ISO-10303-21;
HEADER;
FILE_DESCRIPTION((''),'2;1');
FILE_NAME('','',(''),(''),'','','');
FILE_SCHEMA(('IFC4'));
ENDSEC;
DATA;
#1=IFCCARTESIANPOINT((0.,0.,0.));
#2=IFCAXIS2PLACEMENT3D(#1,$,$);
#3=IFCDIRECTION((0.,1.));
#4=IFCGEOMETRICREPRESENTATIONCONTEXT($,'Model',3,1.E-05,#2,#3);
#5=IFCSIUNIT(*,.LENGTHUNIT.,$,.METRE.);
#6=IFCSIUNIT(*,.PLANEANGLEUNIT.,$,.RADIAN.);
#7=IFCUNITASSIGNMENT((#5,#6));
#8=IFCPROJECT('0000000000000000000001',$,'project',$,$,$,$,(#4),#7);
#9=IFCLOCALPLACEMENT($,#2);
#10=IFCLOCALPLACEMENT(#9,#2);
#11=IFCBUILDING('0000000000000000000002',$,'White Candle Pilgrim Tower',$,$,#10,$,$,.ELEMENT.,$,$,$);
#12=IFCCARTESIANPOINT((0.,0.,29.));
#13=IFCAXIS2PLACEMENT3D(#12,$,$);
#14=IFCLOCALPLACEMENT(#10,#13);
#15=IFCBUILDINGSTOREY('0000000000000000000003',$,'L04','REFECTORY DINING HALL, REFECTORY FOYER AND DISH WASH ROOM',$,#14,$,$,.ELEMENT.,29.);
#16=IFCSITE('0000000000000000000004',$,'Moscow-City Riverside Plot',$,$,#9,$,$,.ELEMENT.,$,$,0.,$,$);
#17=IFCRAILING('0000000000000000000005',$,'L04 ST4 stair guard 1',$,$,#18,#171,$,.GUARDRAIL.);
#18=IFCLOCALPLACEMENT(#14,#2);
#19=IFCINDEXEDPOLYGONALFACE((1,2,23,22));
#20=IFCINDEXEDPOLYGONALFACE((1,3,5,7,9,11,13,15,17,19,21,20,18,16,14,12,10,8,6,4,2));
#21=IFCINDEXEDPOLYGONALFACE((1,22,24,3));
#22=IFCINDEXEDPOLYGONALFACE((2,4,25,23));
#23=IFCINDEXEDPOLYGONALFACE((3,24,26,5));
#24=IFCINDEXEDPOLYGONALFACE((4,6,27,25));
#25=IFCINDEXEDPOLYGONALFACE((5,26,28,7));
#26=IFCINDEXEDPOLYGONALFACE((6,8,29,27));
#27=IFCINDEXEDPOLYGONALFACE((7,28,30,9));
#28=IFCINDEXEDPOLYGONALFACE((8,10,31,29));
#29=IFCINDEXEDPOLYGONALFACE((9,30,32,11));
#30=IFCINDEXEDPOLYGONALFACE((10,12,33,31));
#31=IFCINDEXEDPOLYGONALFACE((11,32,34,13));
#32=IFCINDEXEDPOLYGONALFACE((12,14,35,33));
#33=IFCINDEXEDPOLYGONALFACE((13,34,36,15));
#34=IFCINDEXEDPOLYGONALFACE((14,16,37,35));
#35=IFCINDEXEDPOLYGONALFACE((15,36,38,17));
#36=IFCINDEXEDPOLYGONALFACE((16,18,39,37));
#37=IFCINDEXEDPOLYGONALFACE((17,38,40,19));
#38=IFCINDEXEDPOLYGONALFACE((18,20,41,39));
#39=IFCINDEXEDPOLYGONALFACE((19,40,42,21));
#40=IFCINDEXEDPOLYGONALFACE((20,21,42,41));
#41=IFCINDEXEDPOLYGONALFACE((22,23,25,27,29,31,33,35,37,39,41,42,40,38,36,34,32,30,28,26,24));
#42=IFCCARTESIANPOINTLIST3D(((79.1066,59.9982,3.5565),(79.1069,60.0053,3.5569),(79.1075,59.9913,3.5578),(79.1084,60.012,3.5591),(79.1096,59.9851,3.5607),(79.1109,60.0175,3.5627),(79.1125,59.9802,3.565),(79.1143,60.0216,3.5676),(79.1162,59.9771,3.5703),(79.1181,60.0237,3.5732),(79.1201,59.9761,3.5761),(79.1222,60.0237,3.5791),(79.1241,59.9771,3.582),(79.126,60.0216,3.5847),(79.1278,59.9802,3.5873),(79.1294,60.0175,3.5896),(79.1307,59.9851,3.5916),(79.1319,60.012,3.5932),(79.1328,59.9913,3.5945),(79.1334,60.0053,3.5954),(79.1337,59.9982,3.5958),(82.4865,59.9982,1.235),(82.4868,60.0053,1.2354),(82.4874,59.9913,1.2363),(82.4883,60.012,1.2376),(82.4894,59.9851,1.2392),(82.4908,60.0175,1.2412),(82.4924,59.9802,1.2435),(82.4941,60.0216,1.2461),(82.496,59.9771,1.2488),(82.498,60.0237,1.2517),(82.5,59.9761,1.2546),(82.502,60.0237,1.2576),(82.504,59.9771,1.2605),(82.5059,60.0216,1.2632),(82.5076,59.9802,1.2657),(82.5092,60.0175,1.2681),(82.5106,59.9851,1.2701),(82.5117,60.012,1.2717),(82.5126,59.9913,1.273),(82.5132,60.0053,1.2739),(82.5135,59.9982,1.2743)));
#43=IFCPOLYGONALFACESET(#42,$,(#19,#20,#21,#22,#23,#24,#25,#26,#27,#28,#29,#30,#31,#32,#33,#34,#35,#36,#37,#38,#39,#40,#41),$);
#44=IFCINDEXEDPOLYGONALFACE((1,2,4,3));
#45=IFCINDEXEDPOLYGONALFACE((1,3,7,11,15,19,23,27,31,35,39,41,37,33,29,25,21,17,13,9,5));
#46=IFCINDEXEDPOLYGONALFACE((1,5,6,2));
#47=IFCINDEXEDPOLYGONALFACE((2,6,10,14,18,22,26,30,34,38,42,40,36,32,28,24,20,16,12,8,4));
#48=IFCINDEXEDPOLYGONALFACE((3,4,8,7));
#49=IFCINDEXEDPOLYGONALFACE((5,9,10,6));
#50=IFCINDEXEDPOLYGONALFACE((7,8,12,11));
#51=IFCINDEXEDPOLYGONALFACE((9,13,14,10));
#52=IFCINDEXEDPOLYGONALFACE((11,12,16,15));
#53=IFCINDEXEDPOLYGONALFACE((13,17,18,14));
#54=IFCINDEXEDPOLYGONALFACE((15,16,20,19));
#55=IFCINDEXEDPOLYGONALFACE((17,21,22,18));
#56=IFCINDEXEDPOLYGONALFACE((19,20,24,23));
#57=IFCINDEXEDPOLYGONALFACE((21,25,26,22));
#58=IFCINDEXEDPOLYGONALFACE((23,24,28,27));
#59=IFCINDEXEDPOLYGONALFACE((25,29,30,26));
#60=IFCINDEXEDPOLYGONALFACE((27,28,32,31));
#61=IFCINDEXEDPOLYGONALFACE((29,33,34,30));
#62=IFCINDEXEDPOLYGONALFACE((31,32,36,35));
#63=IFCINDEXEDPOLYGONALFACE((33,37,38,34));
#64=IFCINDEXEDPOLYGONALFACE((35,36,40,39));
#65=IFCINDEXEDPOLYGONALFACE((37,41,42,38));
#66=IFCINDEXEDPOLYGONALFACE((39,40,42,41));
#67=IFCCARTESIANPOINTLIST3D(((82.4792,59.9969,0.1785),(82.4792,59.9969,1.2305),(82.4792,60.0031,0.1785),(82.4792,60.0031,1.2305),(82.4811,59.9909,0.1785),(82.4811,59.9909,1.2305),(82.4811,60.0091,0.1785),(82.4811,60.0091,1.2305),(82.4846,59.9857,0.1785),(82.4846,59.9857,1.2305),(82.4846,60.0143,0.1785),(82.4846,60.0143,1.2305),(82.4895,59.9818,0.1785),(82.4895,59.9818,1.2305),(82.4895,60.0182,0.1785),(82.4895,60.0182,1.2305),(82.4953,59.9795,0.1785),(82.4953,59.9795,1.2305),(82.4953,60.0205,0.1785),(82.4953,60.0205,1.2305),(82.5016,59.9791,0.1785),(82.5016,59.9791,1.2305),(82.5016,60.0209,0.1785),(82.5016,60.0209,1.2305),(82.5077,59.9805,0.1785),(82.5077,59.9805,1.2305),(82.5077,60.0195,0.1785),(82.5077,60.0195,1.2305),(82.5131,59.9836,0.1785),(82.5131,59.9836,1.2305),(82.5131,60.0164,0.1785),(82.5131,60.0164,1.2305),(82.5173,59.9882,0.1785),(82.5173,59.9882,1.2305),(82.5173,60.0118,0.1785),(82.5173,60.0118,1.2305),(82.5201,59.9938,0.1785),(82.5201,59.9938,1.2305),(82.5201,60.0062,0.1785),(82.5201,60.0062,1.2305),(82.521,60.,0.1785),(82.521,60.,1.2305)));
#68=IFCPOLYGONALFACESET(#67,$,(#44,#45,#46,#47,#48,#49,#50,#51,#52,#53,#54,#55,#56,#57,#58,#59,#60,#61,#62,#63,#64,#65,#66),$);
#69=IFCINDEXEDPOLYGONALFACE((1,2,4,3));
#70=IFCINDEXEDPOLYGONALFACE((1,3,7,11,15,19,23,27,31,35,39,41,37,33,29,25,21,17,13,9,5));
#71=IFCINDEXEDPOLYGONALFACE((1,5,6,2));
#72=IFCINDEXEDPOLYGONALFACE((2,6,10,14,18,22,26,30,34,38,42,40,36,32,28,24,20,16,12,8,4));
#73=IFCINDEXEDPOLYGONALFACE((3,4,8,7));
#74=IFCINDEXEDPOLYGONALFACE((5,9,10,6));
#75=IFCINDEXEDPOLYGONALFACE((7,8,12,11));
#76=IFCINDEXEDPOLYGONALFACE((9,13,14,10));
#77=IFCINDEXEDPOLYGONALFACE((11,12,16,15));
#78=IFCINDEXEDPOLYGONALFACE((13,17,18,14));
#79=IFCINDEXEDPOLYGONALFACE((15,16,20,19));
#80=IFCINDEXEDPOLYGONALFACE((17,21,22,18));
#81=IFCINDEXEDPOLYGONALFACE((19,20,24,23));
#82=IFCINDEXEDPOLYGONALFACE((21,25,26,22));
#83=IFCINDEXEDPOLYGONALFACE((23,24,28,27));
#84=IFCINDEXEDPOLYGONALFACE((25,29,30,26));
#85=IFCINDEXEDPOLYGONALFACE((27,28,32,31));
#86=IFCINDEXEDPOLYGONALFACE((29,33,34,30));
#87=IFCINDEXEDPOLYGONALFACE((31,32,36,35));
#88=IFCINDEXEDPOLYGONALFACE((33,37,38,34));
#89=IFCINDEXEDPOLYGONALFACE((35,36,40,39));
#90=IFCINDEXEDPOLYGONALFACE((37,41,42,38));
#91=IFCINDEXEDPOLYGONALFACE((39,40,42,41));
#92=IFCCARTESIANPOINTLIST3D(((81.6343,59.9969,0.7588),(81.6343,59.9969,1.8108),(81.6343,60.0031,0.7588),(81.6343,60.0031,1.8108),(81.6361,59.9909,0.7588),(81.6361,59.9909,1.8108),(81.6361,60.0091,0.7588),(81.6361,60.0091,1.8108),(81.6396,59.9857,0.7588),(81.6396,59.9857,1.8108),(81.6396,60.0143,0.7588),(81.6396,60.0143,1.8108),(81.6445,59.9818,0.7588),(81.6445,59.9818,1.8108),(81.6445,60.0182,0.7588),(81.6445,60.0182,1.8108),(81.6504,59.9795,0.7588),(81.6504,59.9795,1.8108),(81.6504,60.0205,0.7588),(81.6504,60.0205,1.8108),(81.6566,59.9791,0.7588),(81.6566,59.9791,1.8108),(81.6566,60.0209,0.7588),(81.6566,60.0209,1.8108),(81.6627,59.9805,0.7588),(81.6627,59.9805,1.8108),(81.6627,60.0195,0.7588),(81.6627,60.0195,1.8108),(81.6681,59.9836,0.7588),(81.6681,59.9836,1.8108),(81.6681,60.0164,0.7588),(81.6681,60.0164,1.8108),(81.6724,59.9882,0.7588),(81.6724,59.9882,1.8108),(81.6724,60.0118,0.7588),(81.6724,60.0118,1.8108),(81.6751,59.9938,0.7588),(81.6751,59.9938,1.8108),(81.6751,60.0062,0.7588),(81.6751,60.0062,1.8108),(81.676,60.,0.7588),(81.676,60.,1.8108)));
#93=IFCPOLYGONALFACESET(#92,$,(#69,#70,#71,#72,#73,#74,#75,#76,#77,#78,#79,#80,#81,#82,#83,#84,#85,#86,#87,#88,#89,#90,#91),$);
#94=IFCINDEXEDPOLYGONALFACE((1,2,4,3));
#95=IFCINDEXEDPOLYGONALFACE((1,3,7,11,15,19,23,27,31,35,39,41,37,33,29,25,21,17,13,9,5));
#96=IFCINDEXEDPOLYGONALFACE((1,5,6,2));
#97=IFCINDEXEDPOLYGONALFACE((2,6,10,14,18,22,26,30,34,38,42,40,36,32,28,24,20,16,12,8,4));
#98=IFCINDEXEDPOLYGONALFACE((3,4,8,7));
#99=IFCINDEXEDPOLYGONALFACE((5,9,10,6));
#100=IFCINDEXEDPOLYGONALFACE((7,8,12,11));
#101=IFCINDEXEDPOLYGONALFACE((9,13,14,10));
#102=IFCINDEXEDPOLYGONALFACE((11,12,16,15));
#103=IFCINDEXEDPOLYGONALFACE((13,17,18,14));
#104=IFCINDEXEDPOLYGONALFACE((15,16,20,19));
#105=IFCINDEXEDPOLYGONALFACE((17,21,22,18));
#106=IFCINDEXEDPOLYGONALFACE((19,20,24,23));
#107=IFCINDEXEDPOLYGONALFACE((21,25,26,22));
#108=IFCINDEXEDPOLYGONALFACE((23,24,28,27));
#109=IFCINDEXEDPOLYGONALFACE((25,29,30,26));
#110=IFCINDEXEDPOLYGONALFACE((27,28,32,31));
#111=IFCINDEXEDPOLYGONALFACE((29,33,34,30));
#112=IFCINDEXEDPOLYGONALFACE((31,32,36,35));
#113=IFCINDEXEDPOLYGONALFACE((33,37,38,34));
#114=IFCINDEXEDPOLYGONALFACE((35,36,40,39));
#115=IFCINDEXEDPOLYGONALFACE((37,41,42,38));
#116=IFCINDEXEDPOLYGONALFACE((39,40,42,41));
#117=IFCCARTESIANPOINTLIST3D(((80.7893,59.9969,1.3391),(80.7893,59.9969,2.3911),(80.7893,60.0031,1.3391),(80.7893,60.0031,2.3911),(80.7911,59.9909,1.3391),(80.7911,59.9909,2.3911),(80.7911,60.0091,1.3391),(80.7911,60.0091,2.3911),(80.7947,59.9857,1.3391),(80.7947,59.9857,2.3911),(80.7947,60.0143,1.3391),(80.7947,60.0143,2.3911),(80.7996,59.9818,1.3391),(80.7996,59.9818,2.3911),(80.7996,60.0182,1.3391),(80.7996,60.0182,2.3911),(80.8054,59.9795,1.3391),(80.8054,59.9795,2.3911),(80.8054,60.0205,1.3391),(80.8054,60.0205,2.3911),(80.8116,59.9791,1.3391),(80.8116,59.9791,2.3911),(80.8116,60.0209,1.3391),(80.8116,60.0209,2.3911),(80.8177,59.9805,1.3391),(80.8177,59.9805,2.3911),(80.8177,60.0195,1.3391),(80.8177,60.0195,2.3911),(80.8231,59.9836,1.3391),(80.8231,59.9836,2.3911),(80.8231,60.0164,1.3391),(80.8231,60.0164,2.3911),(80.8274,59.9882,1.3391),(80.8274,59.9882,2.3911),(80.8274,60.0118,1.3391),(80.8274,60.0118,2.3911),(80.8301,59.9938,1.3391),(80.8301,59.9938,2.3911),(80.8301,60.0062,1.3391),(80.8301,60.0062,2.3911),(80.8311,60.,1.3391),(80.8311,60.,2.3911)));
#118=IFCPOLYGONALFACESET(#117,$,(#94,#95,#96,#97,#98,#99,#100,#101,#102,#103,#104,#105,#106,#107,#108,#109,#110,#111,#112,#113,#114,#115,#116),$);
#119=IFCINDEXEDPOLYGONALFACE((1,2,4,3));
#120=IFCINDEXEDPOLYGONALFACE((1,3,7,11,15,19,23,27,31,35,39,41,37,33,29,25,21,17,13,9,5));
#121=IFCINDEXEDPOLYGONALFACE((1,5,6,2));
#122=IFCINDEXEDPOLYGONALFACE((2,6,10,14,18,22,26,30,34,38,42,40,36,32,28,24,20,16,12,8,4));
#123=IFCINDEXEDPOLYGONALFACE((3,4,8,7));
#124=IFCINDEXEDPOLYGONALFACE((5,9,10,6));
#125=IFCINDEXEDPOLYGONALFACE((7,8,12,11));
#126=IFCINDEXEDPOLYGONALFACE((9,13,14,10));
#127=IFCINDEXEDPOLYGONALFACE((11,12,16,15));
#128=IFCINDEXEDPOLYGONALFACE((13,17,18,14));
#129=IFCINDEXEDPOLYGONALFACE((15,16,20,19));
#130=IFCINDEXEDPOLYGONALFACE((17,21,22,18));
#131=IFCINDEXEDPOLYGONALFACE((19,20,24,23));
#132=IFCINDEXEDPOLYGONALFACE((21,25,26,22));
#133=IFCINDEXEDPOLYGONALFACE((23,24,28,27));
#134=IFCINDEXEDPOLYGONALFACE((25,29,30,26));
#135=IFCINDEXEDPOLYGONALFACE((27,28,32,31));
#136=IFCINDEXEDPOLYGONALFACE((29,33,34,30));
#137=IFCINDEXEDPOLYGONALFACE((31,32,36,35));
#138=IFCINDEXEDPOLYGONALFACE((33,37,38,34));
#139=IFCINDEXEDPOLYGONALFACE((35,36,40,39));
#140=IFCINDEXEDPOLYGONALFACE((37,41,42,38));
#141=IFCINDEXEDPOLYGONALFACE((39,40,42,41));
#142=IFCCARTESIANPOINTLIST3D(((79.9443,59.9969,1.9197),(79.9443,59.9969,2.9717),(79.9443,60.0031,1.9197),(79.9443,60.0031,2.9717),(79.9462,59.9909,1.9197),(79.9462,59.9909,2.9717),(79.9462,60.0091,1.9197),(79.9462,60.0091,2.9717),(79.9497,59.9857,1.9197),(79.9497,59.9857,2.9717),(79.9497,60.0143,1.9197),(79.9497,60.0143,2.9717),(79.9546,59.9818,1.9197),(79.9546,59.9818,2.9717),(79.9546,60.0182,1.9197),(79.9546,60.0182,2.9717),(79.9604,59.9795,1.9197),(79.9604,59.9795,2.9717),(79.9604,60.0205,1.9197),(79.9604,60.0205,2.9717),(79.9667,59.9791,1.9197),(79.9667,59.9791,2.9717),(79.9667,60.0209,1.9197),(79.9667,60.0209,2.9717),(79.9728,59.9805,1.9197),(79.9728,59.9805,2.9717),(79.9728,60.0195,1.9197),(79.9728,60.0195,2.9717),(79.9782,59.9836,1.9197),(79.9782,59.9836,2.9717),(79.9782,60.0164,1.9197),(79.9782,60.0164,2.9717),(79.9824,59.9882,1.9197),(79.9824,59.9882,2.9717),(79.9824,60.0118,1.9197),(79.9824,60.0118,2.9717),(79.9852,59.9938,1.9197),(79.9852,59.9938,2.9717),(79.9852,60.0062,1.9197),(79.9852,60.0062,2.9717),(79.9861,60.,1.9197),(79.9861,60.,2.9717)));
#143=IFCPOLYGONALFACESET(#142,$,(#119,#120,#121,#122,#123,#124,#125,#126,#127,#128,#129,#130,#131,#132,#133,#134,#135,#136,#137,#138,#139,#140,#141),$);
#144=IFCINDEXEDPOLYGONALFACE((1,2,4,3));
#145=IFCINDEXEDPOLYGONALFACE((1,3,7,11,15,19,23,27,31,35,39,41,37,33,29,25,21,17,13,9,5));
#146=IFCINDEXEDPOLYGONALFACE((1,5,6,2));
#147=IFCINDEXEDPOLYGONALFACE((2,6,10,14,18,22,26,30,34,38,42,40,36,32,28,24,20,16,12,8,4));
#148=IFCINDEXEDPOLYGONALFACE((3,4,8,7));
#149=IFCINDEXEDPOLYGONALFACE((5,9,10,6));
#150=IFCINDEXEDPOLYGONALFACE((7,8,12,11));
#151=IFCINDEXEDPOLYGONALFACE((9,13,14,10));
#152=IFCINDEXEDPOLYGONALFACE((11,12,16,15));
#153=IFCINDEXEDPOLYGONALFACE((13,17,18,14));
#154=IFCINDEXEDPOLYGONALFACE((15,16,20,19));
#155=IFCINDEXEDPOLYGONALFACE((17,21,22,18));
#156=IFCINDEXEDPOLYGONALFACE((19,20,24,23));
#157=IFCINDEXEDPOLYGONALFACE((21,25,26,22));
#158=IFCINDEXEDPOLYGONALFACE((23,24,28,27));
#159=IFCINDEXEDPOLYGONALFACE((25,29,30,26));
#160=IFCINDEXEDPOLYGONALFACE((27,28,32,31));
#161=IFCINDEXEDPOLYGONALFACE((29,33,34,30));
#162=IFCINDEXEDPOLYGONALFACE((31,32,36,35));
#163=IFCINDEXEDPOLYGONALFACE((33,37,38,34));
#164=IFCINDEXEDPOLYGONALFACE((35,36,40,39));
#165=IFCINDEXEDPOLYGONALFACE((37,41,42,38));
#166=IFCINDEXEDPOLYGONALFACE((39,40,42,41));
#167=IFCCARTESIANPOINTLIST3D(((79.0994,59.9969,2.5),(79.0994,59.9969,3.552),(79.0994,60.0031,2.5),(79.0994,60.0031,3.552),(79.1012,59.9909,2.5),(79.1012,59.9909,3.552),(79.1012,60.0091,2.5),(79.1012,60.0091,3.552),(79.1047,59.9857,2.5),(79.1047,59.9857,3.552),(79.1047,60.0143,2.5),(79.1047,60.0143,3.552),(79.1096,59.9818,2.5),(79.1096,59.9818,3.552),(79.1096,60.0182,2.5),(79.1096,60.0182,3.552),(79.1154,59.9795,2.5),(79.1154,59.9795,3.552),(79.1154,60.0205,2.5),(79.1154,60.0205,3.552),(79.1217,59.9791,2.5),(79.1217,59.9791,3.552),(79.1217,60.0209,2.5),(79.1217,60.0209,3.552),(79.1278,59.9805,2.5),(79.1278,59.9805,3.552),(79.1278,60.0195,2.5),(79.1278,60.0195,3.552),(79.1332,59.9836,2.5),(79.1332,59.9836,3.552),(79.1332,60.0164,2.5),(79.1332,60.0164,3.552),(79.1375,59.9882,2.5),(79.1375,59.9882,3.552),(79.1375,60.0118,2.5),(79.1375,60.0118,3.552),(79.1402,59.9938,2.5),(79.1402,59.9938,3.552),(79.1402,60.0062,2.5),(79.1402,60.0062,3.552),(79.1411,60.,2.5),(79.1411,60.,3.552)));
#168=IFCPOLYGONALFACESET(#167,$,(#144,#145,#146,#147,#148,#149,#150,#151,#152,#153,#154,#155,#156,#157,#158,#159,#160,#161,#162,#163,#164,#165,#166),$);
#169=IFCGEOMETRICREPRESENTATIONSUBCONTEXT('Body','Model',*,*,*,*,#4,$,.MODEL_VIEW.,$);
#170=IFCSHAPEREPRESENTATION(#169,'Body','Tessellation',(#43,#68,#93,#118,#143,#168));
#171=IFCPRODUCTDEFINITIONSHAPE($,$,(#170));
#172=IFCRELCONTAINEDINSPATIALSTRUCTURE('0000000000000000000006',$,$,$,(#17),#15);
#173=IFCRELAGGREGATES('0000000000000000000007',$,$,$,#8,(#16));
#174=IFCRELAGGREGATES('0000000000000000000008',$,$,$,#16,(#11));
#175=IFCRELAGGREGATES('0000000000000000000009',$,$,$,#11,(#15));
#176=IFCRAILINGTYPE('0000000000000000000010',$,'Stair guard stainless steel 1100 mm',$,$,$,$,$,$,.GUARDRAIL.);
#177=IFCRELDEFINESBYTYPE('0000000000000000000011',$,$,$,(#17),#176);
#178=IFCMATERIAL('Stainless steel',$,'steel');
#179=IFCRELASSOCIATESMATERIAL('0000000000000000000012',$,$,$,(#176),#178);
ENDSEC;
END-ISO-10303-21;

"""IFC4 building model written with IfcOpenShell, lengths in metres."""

from ifc_helpers import new_model, si_unit, direction, frame, origin, origin_2d, place, context, subcontext, project, spatial, circle, extrude, material, type_object, element, save


model = new_model("IFC4")

# Units and contexts
model_context = context("Model", 3, precision=1e-05, world=origin(), true_north=direction((0.0, 1.0)))
body_context = subcontext(model_context, "Body", "Model", "MODEL_VIEW")
ifc_project = project(units=[si_unit("LENGTHUNIT", "METRE"), si_unit("PLANEANGLEUNIT", "RADIAN")], contexts=[model_context])

# Site, building, storey
site_placement = place(None, origin())
site = spatial("IfcSite", under=ifc_project, at=site_placement, Name="Moscow-City Riverside Plot", CompositionType="ELEMENT", RefElevation=0.0)
building_placement = place(site_placement, origin())
building = spatial("IfcBuilding", under=site, at=building_placement, Name="White Candle Pilgrim Tower", CompositionType="ELEMENT")
storey_placement = place(building_placement, frame((0.0, 0.0, 29.0)))
storey = spatial("IfcBuildingStorey", under=building, at=storey_placement, Name="L04", Description="REFECTORY DINING HALL, REFECTORY FOYER AND DISH WASH ROOM", CompositionType="ELEMENT", Elevation=29.0)

# Railing
ifc_material_1 = material(Name="Stainless steel", Category="steel")
railing_type_1 = type_object("IfcRailingType", Name="Stair guard stainless steel 1100 mm", PredefinedType="GUARDRAIL", material=ifc_material_1)
railing_1_placement = place(storey_placement, frame((82.5, 60.0, 0.1785)))
element("IfcRailing", 1, at=railing_1_placement, inside=storey, type_object=railing_type_1, Name="L04 ST4 stair guard 1", PredefinedType="GUARDRAIL", context=body_context, shape_type="SweptSolid", body=[
    extrude(circle(Radius=0.0239, at=origin_2d()), frame((0.0, 0.0, 1.0762), z_axis=(-0.824285, 0.0, 0.566175), x_axis=(0.0, -1.0, 0.0)), (0.0, 0.0, 1.0), 4.1003),
    extrude(circle(Radius=0.021, at=origin_2d()), origin(), (0.0, 0.0, 1.0), 1.052),
    extrude(circle(Radius=0.021, at=origin_2d()), frame((-0.845, 0.0, 0.5803)), (0.0, 0.0, 1.0), 1.052),
    extrude(circle(Radius=0.021, at=origin_2d()), frame((-1.6899, 0.0, 1.1606)), (0.0, 0.0, 1.0), 1.052),
    extrude(circle(Radius=0.021, at=origin_2d()), frame((-2.5349, 0.0, 1.7412)), (0.0, 0.0, 1.0), 1.052),
    extrude(circle(Radius=0.021, at=origin_2d()), frame((-3.3799, 0.0, 2.3215)), (0.0, 0.0, 1.0), 1.052),
])

save(model, "model.ifc")
